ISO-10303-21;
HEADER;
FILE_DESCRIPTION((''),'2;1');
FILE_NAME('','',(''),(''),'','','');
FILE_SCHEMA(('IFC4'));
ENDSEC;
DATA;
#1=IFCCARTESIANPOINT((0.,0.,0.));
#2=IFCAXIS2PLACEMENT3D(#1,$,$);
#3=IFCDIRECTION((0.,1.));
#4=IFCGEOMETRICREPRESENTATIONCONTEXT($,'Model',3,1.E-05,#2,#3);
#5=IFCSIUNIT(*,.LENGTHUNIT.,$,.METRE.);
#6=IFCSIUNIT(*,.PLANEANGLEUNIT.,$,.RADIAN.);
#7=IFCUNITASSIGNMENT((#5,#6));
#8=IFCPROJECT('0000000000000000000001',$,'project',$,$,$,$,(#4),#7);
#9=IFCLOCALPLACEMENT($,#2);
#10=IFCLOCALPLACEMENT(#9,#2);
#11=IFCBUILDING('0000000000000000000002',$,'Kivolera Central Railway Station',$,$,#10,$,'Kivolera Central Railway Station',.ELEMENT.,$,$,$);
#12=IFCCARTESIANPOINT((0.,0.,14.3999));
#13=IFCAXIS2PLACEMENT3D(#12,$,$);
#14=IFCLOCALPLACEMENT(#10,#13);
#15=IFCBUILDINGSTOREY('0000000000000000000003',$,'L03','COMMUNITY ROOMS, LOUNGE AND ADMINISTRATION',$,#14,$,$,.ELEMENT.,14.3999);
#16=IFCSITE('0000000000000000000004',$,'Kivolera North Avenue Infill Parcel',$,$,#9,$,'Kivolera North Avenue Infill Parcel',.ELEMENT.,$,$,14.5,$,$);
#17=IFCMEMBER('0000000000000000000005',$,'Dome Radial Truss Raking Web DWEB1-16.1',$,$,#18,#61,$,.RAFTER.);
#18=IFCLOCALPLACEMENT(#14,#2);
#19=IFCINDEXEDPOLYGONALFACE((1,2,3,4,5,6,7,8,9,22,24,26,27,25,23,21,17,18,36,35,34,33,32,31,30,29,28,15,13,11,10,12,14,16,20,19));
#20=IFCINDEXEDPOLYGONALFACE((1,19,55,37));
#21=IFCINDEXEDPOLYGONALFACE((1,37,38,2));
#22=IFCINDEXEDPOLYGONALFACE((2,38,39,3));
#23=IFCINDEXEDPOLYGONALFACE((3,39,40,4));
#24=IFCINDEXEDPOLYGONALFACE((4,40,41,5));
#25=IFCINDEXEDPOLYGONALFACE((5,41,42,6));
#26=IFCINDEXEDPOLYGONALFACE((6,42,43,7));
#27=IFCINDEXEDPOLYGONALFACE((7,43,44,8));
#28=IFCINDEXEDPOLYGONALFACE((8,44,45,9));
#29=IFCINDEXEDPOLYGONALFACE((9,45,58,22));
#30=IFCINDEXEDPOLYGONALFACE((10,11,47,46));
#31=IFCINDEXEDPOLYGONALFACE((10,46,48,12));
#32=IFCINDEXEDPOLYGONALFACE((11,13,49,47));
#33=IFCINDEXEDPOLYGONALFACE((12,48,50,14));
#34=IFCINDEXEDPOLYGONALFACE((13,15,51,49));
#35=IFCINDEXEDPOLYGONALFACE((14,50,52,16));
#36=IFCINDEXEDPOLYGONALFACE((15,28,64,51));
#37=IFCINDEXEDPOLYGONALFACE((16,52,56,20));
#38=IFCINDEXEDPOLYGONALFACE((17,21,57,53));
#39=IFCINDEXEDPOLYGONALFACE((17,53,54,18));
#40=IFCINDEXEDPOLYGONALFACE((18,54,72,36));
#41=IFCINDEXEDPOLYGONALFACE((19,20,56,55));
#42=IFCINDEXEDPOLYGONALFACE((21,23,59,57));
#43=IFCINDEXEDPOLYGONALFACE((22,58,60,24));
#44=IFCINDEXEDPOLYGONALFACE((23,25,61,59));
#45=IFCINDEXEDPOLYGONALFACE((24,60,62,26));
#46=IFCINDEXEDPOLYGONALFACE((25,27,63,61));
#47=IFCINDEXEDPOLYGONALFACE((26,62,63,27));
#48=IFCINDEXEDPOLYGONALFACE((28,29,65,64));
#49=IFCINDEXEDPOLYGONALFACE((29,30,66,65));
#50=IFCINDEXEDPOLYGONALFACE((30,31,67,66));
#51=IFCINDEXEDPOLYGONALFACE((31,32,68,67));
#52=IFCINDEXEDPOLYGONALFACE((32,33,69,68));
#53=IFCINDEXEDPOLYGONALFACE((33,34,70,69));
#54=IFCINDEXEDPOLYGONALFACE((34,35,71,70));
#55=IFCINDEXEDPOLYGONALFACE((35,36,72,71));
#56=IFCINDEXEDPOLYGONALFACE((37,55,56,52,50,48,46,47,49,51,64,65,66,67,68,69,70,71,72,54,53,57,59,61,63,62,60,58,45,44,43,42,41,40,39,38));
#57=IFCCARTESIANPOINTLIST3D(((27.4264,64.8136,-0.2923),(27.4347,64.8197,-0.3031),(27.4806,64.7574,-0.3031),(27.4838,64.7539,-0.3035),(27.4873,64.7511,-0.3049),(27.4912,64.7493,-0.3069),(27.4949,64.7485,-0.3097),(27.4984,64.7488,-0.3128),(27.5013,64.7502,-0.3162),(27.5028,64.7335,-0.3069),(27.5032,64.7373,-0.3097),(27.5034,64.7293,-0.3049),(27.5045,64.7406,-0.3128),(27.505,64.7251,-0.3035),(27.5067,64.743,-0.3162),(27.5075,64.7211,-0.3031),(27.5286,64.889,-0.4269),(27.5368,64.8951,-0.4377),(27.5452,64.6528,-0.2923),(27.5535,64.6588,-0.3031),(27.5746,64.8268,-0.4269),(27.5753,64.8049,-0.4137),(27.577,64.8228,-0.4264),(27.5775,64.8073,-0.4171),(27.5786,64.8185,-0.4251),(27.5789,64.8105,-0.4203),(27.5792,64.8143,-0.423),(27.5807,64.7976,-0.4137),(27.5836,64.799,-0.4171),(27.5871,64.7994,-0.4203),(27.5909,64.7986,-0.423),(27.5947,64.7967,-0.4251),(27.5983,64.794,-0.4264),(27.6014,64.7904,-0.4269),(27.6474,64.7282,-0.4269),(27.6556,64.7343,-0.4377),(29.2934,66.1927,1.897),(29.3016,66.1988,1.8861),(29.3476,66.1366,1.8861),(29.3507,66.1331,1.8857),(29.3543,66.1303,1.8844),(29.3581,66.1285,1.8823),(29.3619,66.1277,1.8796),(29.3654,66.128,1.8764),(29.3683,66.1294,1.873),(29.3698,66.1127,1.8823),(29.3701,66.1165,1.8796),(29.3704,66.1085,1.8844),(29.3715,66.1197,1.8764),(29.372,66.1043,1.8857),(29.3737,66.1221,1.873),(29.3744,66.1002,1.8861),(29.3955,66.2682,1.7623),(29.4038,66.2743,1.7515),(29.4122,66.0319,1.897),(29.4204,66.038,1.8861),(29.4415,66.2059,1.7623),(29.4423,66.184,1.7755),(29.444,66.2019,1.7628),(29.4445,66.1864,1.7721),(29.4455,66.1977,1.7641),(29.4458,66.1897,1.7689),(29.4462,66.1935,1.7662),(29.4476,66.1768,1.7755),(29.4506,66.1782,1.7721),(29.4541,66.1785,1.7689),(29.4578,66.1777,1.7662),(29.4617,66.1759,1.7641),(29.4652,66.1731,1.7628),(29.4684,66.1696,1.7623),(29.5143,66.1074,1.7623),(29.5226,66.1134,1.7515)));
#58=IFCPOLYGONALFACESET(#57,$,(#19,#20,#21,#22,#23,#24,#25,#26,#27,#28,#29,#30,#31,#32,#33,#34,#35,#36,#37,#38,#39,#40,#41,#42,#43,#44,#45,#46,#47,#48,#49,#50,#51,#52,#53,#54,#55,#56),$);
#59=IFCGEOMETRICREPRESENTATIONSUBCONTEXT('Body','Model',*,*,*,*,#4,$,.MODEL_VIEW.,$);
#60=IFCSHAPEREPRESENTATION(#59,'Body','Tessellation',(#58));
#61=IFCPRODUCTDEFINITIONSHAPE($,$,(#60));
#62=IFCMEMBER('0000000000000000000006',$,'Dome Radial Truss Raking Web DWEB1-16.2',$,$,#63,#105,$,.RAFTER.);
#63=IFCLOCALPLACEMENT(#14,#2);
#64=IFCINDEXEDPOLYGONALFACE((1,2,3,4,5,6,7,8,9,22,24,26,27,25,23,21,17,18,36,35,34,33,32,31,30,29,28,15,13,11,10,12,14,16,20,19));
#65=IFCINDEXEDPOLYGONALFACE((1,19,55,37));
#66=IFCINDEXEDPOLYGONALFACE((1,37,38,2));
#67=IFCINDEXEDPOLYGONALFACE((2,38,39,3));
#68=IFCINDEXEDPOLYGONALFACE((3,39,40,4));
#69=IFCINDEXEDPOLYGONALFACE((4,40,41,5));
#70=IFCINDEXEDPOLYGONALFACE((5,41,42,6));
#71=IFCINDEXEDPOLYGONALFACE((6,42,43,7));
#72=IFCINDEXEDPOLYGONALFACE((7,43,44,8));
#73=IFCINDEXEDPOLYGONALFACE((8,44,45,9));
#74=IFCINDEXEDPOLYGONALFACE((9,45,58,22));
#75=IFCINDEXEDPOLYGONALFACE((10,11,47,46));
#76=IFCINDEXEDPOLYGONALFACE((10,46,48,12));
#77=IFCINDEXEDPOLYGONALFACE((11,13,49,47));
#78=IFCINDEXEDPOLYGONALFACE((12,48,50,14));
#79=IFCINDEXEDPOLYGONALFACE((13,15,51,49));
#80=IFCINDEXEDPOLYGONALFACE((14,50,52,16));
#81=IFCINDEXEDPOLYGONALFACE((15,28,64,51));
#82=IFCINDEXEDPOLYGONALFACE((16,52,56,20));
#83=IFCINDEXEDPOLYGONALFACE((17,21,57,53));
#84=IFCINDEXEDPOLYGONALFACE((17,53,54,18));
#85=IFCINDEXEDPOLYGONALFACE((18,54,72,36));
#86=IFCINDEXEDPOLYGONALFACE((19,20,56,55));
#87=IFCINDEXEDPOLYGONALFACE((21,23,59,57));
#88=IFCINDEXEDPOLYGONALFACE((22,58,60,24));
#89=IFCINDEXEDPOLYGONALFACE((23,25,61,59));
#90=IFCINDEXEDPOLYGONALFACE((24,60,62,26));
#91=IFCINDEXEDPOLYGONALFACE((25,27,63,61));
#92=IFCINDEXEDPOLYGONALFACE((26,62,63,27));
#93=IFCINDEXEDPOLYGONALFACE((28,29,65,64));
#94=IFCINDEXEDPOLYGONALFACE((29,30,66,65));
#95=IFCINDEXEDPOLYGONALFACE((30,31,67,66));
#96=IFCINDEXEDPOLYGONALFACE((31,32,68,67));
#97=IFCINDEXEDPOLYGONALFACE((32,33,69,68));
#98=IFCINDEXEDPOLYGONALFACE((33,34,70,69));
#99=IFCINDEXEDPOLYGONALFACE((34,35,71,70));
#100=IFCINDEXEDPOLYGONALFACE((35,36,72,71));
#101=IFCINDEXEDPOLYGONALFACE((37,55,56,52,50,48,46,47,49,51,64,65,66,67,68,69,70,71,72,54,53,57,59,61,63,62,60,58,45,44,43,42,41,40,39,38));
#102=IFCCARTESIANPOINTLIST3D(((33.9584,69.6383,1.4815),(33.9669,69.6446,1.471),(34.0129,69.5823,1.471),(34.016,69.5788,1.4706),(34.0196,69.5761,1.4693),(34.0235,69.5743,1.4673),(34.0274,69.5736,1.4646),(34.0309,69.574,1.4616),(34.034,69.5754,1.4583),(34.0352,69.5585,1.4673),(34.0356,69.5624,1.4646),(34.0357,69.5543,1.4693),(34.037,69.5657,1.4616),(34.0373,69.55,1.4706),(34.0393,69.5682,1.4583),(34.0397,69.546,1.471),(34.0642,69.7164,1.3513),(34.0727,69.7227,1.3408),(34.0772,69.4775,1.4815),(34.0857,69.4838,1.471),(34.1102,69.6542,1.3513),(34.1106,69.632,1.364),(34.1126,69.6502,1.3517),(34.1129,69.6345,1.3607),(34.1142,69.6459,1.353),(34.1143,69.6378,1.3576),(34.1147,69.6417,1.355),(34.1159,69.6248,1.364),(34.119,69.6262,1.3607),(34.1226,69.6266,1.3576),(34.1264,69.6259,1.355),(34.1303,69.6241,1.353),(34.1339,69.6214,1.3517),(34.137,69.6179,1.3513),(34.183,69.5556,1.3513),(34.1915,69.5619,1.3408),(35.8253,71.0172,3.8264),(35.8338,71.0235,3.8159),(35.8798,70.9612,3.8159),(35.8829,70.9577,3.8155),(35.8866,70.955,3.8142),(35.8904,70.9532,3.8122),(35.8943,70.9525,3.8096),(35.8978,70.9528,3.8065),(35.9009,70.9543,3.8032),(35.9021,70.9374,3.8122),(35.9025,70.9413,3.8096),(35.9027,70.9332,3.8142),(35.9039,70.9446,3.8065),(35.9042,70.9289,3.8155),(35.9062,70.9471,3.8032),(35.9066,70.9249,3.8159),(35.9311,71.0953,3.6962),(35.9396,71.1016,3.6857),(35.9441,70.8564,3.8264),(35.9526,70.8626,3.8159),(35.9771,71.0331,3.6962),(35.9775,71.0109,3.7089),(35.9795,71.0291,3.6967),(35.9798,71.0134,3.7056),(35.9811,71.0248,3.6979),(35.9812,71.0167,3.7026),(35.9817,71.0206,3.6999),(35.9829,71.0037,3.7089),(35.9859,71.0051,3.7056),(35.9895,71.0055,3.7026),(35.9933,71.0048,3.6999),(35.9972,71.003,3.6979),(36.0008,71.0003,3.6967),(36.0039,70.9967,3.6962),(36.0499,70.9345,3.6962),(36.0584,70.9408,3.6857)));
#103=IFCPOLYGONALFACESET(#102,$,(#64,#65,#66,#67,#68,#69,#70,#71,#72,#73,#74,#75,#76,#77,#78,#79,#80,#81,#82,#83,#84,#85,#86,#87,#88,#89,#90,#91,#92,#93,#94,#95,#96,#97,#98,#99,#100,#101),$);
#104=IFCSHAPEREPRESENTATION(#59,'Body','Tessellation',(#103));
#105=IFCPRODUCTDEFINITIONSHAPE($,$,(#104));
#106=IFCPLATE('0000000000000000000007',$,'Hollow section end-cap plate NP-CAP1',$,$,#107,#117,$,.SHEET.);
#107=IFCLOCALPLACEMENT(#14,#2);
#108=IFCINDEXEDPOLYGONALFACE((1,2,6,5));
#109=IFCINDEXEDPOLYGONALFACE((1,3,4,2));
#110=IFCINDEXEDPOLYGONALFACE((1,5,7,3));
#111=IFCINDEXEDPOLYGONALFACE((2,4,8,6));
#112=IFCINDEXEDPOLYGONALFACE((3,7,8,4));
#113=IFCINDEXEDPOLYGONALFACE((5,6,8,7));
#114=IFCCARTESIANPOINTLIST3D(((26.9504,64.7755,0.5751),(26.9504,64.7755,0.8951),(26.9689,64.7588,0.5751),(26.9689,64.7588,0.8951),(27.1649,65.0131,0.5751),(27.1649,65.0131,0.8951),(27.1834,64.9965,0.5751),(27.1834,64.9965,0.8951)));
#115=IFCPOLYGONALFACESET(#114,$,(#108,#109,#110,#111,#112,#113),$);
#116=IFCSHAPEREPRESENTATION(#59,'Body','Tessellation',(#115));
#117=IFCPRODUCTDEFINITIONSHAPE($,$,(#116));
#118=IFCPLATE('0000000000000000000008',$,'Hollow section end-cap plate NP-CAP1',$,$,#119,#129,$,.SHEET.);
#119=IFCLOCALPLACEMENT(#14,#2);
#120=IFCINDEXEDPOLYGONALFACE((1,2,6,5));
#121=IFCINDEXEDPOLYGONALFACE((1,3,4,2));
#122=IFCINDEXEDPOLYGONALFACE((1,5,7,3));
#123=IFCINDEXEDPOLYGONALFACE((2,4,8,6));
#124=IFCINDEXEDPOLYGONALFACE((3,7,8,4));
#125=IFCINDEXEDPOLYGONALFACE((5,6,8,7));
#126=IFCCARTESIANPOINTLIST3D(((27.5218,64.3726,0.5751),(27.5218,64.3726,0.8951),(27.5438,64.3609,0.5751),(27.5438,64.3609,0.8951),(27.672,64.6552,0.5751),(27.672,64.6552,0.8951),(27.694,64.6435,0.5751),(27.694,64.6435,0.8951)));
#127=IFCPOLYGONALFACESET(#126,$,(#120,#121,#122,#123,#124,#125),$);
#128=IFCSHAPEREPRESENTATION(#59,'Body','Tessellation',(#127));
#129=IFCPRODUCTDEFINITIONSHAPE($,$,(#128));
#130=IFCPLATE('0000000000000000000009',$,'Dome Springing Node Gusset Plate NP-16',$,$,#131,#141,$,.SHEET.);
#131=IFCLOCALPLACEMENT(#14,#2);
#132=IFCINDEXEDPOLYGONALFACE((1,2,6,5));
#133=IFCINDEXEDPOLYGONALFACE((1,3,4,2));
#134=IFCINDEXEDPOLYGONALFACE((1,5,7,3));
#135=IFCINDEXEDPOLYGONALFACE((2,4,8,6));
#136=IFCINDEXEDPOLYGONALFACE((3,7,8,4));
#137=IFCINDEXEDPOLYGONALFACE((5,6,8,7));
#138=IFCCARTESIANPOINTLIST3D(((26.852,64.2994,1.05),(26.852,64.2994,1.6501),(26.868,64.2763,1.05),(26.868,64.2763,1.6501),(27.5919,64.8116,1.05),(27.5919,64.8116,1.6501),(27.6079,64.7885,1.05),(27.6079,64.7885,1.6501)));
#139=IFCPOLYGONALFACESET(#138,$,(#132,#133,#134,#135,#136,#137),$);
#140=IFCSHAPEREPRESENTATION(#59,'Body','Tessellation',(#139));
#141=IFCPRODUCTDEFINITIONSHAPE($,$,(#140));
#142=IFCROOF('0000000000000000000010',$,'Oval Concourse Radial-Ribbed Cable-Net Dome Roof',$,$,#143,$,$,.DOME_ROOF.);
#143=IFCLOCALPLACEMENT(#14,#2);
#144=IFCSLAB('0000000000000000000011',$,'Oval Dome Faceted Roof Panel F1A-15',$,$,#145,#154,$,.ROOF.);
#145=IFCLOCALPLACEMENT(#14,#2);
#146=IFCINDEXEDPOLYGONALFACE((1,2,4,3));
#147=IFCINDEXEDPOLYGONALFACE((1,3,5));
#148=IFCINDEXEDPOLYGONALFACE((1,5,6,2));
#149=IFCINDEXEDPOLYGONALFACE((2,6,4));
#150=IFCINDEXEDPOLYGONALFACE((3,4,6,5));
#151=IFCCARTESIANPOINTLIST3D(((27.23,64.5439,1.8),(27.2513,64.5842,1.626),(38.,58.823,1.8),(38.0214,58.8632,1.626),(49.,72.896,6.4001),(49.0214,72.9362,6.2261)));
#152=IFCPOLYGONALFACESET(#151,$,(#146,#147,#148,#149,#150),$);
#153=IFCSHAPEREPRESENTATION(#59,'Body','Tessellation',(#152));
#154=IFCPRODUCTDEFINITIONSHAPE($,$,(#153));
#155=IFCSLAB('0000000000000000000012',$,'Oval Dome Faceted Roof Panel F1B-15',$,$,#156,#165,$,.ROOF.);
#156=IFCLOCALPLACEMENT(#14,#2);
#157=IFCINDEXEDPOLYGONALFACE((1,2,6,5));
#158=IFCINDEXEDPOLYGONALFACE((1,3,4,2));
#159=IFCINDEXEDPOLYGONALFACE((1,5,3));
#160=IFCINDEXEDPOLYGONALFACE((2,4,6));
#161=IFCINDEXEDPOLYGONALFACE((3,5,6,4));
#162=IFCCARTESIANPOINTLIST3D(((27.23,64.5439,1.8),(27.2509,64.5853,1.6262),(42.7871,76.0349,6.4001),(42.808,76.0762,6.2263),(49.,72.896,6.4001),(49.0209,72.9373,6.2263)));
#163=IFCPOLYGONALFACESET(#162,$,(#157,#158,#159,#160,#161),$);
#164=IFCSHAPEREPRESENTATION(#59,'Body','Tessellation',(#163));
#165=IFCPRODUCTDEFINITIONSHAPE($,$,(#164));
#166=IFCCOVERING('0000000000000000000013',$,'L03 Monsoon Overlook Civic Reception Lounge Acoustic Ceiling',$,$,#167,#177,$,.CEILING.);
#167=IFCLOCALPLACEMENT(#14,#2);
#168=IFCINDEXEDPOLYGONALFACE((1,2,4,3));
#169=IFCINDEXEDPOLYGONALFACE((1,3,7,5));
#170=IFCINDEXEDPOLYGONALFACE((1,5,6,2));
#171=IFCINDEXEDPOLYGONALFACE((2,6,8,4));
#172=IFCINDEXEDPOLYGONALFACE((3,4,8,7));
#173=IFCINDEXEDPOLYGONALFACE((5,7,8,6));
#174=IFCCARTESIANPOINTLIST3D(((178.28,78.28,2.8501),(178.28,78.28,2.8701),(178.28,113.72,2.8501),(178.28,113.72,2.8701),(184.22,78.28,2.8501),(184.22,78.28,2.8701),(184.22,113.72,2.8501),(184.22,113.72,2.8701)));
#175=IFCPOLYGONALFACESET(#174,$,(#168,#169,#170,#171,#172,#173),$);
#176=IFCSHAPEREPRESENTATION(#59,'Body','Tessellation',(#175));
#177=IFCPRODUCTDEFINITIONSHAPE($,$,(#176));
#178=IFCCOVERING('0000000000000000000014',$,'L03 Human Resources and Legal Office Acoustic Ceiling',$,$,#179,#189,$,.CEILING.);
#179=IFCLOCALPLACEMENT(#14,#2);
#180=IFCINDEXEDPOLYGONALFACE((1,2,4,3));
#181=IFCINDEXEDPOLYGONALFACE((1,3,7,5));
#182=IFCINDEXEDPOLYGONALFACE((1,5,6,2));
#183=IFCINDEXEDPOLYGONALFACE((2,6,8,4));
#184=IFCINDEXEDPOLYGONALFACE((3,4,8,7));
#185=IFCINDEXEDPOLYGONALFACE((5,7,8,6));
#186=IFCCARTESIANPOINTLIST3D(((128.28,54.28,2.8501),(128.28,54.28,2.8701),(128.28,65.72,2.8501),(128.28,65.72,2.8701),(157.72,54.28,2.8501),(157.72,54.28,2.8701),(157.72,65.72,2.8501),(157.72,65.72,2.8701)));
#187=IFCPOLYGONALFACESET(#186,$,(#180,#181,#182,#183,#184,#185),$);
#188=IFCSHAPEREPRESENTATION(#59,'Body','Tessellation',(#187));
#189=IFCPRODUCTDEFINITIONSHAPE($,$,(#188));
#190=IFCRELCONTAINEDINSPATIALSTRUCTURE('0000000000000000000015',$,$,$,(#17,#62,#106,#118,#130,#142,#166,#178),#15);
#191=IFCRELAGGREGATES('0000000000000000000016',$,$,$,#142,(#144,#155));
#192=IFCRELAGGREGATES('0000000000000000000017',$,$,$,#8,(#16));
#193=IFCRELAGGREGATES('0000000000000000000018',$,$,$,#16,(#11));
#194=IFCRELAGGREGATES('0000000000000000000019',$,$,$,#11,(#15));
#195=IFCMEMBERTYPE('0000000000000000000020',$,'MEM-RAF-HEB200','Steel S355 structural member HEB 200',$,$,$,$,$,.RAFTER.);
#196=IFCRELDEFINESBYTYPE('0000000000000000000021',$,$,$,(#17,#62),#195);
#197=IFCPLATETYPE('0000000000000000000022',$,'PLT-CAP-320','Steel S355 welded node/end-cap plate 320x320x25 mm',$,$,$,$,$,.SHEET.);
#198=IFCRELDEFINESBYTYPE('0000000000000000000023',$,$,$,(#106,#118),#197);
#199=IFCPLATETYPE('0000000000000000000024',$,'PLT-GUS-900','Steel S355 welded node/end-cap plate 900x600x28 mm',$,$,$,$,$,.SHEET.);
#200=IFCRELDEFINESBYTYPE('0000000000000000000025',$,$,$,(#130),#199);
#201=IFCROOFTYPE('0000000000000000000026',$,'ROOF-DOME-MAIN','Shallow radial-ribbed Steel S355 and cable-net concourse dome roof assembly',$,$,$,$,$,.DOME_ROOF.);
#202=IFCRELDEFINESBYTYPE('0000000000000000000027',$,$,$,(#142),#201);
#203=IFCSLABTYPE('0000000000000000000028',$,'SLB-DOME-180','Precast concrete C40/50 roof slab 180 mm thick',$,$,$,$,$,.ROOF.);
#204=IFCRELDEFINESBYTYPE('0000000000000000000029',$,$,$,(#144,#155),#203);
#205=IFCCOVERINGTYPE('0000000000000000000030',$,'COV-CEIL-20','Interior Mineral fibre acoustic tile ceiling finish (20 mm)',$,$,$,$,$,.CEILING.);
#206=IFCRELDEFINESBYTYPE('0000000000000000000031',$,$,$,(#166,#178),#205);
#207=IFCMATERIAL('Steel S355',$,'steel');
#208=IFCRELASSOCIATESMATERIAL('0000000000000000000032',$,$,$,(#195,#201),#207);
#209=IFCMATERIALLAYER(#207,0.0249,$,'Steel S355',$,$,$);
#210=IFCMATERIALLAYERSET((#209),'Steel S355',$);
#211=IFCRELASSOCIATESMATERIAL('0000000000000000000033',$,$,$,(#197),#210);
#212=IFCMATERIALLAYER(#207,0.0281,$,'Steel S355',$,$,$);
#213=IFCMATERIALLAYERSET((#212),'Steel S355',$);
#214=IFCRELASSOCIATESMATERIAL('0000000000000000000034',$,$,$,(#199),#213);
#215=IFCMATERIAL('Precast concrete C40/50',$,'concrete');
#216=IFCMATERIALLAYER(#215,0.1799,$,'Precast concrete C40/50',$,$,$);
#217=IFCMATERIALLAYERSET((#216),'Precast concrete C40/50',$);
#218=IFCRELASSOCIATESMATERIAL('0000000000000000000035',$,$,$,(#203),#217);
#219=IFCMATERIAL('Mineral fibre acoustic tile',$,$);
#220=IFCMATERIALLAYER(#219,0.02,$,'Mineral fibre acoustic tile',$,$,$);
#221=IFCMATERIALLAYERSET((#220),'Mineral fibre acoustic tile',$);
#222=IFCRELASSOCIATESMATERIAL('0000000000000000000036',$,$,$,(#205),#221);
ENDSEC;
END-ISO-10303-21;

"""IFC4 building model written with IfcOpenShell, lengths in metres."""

from ifc_helpers import new_model, si_unit, direction, frame, origin, origin_2d, place, context, subcontext, project, spatial, polyline, rectangle, i_section, outline, extrude, material, layer, layer_set, material_profile, profile_set, type_object, element, aggregate, save


model = new_model("IFC4")

# Units and contexts
model_context = context("Model", 3, precision=1e-05, world=origin(), true_north=direction((0.0, 1.0)))
body_context = subcontext(model_context, "Body", "Model", "MODEL_VIEW")
ifc_project = project(units=[si_unit("LENGTHUNIT", "METRE"), si_unit("PLANEANGLEUNIT", "RADIAN")], contexts=[model_context])

# Site, building, storey
site_placement = place(None, origin())
site = spatial("IfcSite", under=ifc_project, at=site_placement, Name="Kivolera North Avenue Infill Parcel", LongName="Kivolera North Avenue Infill Parcel", CompositionType="ELEMENT", RefElevation=14.5)
building_placement = place(site_placement, origin())
building = spatial("IfcBuilding", under=site, at=building_placement, Name="Kivolera Central Railway Station", LongName="Kivolera Central Railway Station", CompositionType="ELEMENT")
storey_placement = place(building_placement, frame((0.0, 0.0, 14.3999)))
storey = spatial("IfcBuildingStorey", under=building, at=storey_placement, Name="L03", Description="COMMUNITY ROOMS, LOUNGE AND ADMINISTRATION", CompositionType="ELEMENT", Elevation=14.3999)

# Shared definitions
ifc_material_1 = material(Name="Steel S355", Category="steel")

# Members
ifc_material_profile_1 = material_profile(ifc_material_1, i_section(OverallWidth=0.2, OverallDepth=0.2, WebThickness=0.009, FlangeThickness=0.0149, FilletRadius=0.0181, at=origin_2d()), Name="HEB 200")
ifc_profile_set_1 = profile_set([ifc_material_profile_1], Name="Steel S355")
member_type_1 = type_object("IfcMemberType", Name="MEM-RAF-HEB200", Description="Steel S355 structural member HEB 200", PredefinedType="RAFTER", material=ifc_profile_set_1)
member_1_placement = place(storey_placement, frame((27.541, 64.7739, -0.365), z_axis=(0.585132, 0.432249, 0.686135), x_axis=(-0.594178, 0.804334, 0.0)))
element("IfcMember", 1, at=member_1_placement, inside=storey, type_object=member_type_1, Name="Dome Radial Truss Raking Web DWEB1-16.1", PredefinedType="RAFTER", context=body_context, shape_type="SweptSolid", body=[
    extrude(i_section(OverallWidth=0.2, OverallDepth=0.2, WebThickness=0.009, FlangeThickness=0.0149, FilletRadius=0.0181, at=origin_2d()), origin(), (0.0, 0.0, 1.0), 3.1907),
])
member_2_placement = place(storey_placement, frame((34.075, 69.6001, 1.4111), z_axis=(0.565851, 0.417932, 0.710736), x_axis=(-0.59411, 0.804384, 0.0)))
element("IfcMember", 2, at=member_2_placement, inside=storey, type_object=member_type_1, Name="Dome Radial Truss Raking Web DWEB1-16.2", PredefinedType="RAFTER", context=body_context, shape_type="SweptSolid", body=[
    extrude(i_section(OverallWidth=0.2, OverallDepth=0.2, WebThickness=0.009, FlangeThickness=0.0149, FilletRadius=0.0181, at=origin_2d()), origin(), (0.0, 0.0, 1.0), 3.2993),
])

# Plates
ifc_layer_1 = layer(ifc_material_1, 0.0249, Name="Steel S355")
ifc_layer_set_1 = layer_set([ifc_layer_1], Name="Steel S355")
plate_type_1 = type_object("IfcPlateType", Name="PLT-CAP-320", Description="Steel S355 welded node/end-cap plate 320x320x25 mm", PredefinedType="SHEET", material=ifc_layer_set_1)
for number, where, z_axis, x_axis, name in (
    (3, (27.0669, 64.886, 0.7351), (0.742406, -0.66995, 0.0), (0.66995, 0.742406, 0.0), "Hollow section end-cap plate NP-CAP1"),
    (4, (27.6079, 64.5081, 0.7351), (0.883133, -0.469123, 0.0), (0.469123, 0.883133, 0.0), "Hollow section end-cap plate NP-CAP1"),
):
    element("IfcPlate", number, at=place(storey_placement, frame(where, z_axis=z_axis, x_axis=x_axis)), inside=storey, type_object=plate_type_1, Name=name, PredefinedType="SHEET", context=body_context, shape_type="SweptSolid", body=[
        extrude(rectangle(XDim=0.3201, YDim=0.3201, at=origin_2d()), frame((0.0, 0.0, -0.0125)), (0.0, 0.0, 1.0), 0.0249),
    ])
ifc_layer_2 = layer(ifc_material_1, 0.0281, Name="Steel S355")
ifc_layer_set_2 = layer_set([ifc_layer_2], Name="Steel S355")
plate_type_2 = type_object("IfcPlateType", Name="PLT-GUS-900", Description="Steel S355 welded node/end-cap plate 900x600x28 mm", PredefinedType="SHEET", material=ifc_layer_set_2)
plate_placement = place(storey_placement, frame((27.23, 64.5439, 1.05), z_axis=(0.0, 0.0, 1.0), x_axis=(-0.822194, -0.569208, 0.0)))
element("IfcPlate", 5, at=plate_placement, inside=storey, type_object=plate_type_2, Name="Dome Springing Node Gusset Plate NP-16", PredefinedType="SHEET", context=body_context, shape_type="SweptSolid", body=[
    extrude(rectangle(XDim=0.8999, YDim=0.0281, at=origin_2d()), origin(), (0.0, 0.0, 1.0), 0.6001),
])

# Roof, slabs
roof_type = type_object("IfcRoofType", Name="ROOF-DOME-MAIN", Description="Shallow radial-ribbed Steel S355 and cable-net concourse dome roof assembly", PredefinedType="DOME_ROOF", material=ifc_material_1)
roof_placement = place(storey_placement, origin())
roof = element("IfcRoof", 6, at=roof_placement, inside=storey, type_object=roof_type, Name="Oval Concourse Radial-Ribbed Cable-Net Dome Roof", PredefinedType="DOME_ROOF")
ifc_material_2 = material(Name="Precast concrete C40/50", Category="concrete")
ifc_layer_3 = layer(ifc_material_2, 0.1799, Name="Precast concrete C40/50")
ifc_layer_set_3 = layer_set([ifc_layer_3], Name="Precast concrete C40/50")
slab_type = type_object("IfcSlabType", Name="SLB-DOME-180", Description="Precast concrete C40/50 roof slab 180 mm thick", PredefinedType="ROOF", material=ifc_layer_set_3)
slab_1_placement = place(storey_placement, frame((27.23, 64.5439, 1.8), z_axis=(-0.118699, -0.223458, 0.967459), x_axis=(0.883137, -0.469115, 0.0)))
slab_1 = element("IfcSlab", 7, at=slab_1_placement, type_object=slab_type, Name="Oval Dome Faceted Roof Panel F1A-15", PredefinedType="ROOF", context=body_context, shape_type="SweptSolid", body=[
    extrude(outline(polyline([(0.0, 0.0), (12.1952, 0.0), (15.3078, 18.1803), (0.0, 0.0)])), origin(), (0.0, 0.0, -1.0), 0.1799),
])
slab_2_placement = place(storey_placement, frame((27.23, 64.5439, 1.8), z_axis=(-0.116057, -0.229713, 0.966314), x_axis=(0.915992, 0.35142, 0.193553)))
slab_2 = element("IfcSlab", 8, at=slab_2_placement, type_object=slab_type, Name="Oval Dome Faceted Roof Panel F1B-15", PredefinedType="ROOF", context=body_context, shape_type="SweptSolid", body=[
    extrude(outline(polyline([(0.0, 0.0), (23.7666, 0.0), (19.1787, 5.2349), (0.0, 0.0)])), origin(), (0.0, 0.0, -1.0), 0.1799),
])
aggregate(roof, [slab_1, slab_2])

# Coverings
ifc_material_3 = material(Name="Mineral fibre acoustic tile")
ifc_layer_4 = layer(ifc_material_3, 0.02, Name="Mineral fibre acoustic tile")
ifc_layer_set_4 = layer_set([ifc_layer_4], Name="Mineral fibre acoustic tile")
covering_type_1 = type_object("IfcCoveringType", Name="COV-CEIL-20", Description="Interior Mineral fibre acoustic tile ceiling finish (20 mm)", PredefinedType="CEILING", material=ifc_layer_set_4)
covering_1_placement = place(storey_placement, frame((0.0, 0.0, 2.8501)))
element("IfcCovering", 9, at=covering_1_placement, inside=storey, type_object=covering_type_1, Name="L03 Monsoon Overlook Civic Reception Lounge Acoustic Ceiling", PredefinedType="CEILING", context=body_context, shape_type="SweptSolid", body=[
    extrude(outline(polyline([(178.28, 78.28), (184.22, 78.28), (184.22, 113.72), (178.28, 113.72), (178.28, 78.28)])), origin(), (0.0, 0.0, 1.0), 0.02),
])
covering_2_placement = place(storey_placement, frame((0.0, 0.0, 2.8501)))
element("IfcCovering", 10, at=covering_2_placement, inside=storey, type_object=covering_type_1, Name="L03 Human Resources and Legal Office Acoustic Ceiling", PredefinedType="CEILING", context=body_context, shape_type="SweptSolid", body=[
    extrude(outline(polyline([(128.28, 54.28), (157.72, 54.28), (157.72, 65.72), (128.28, 65.72), (128.28, 54.28)])), origin(), (0.0, 0.0, 1.0), 0.02),
])

save(model, "model.ifc")
